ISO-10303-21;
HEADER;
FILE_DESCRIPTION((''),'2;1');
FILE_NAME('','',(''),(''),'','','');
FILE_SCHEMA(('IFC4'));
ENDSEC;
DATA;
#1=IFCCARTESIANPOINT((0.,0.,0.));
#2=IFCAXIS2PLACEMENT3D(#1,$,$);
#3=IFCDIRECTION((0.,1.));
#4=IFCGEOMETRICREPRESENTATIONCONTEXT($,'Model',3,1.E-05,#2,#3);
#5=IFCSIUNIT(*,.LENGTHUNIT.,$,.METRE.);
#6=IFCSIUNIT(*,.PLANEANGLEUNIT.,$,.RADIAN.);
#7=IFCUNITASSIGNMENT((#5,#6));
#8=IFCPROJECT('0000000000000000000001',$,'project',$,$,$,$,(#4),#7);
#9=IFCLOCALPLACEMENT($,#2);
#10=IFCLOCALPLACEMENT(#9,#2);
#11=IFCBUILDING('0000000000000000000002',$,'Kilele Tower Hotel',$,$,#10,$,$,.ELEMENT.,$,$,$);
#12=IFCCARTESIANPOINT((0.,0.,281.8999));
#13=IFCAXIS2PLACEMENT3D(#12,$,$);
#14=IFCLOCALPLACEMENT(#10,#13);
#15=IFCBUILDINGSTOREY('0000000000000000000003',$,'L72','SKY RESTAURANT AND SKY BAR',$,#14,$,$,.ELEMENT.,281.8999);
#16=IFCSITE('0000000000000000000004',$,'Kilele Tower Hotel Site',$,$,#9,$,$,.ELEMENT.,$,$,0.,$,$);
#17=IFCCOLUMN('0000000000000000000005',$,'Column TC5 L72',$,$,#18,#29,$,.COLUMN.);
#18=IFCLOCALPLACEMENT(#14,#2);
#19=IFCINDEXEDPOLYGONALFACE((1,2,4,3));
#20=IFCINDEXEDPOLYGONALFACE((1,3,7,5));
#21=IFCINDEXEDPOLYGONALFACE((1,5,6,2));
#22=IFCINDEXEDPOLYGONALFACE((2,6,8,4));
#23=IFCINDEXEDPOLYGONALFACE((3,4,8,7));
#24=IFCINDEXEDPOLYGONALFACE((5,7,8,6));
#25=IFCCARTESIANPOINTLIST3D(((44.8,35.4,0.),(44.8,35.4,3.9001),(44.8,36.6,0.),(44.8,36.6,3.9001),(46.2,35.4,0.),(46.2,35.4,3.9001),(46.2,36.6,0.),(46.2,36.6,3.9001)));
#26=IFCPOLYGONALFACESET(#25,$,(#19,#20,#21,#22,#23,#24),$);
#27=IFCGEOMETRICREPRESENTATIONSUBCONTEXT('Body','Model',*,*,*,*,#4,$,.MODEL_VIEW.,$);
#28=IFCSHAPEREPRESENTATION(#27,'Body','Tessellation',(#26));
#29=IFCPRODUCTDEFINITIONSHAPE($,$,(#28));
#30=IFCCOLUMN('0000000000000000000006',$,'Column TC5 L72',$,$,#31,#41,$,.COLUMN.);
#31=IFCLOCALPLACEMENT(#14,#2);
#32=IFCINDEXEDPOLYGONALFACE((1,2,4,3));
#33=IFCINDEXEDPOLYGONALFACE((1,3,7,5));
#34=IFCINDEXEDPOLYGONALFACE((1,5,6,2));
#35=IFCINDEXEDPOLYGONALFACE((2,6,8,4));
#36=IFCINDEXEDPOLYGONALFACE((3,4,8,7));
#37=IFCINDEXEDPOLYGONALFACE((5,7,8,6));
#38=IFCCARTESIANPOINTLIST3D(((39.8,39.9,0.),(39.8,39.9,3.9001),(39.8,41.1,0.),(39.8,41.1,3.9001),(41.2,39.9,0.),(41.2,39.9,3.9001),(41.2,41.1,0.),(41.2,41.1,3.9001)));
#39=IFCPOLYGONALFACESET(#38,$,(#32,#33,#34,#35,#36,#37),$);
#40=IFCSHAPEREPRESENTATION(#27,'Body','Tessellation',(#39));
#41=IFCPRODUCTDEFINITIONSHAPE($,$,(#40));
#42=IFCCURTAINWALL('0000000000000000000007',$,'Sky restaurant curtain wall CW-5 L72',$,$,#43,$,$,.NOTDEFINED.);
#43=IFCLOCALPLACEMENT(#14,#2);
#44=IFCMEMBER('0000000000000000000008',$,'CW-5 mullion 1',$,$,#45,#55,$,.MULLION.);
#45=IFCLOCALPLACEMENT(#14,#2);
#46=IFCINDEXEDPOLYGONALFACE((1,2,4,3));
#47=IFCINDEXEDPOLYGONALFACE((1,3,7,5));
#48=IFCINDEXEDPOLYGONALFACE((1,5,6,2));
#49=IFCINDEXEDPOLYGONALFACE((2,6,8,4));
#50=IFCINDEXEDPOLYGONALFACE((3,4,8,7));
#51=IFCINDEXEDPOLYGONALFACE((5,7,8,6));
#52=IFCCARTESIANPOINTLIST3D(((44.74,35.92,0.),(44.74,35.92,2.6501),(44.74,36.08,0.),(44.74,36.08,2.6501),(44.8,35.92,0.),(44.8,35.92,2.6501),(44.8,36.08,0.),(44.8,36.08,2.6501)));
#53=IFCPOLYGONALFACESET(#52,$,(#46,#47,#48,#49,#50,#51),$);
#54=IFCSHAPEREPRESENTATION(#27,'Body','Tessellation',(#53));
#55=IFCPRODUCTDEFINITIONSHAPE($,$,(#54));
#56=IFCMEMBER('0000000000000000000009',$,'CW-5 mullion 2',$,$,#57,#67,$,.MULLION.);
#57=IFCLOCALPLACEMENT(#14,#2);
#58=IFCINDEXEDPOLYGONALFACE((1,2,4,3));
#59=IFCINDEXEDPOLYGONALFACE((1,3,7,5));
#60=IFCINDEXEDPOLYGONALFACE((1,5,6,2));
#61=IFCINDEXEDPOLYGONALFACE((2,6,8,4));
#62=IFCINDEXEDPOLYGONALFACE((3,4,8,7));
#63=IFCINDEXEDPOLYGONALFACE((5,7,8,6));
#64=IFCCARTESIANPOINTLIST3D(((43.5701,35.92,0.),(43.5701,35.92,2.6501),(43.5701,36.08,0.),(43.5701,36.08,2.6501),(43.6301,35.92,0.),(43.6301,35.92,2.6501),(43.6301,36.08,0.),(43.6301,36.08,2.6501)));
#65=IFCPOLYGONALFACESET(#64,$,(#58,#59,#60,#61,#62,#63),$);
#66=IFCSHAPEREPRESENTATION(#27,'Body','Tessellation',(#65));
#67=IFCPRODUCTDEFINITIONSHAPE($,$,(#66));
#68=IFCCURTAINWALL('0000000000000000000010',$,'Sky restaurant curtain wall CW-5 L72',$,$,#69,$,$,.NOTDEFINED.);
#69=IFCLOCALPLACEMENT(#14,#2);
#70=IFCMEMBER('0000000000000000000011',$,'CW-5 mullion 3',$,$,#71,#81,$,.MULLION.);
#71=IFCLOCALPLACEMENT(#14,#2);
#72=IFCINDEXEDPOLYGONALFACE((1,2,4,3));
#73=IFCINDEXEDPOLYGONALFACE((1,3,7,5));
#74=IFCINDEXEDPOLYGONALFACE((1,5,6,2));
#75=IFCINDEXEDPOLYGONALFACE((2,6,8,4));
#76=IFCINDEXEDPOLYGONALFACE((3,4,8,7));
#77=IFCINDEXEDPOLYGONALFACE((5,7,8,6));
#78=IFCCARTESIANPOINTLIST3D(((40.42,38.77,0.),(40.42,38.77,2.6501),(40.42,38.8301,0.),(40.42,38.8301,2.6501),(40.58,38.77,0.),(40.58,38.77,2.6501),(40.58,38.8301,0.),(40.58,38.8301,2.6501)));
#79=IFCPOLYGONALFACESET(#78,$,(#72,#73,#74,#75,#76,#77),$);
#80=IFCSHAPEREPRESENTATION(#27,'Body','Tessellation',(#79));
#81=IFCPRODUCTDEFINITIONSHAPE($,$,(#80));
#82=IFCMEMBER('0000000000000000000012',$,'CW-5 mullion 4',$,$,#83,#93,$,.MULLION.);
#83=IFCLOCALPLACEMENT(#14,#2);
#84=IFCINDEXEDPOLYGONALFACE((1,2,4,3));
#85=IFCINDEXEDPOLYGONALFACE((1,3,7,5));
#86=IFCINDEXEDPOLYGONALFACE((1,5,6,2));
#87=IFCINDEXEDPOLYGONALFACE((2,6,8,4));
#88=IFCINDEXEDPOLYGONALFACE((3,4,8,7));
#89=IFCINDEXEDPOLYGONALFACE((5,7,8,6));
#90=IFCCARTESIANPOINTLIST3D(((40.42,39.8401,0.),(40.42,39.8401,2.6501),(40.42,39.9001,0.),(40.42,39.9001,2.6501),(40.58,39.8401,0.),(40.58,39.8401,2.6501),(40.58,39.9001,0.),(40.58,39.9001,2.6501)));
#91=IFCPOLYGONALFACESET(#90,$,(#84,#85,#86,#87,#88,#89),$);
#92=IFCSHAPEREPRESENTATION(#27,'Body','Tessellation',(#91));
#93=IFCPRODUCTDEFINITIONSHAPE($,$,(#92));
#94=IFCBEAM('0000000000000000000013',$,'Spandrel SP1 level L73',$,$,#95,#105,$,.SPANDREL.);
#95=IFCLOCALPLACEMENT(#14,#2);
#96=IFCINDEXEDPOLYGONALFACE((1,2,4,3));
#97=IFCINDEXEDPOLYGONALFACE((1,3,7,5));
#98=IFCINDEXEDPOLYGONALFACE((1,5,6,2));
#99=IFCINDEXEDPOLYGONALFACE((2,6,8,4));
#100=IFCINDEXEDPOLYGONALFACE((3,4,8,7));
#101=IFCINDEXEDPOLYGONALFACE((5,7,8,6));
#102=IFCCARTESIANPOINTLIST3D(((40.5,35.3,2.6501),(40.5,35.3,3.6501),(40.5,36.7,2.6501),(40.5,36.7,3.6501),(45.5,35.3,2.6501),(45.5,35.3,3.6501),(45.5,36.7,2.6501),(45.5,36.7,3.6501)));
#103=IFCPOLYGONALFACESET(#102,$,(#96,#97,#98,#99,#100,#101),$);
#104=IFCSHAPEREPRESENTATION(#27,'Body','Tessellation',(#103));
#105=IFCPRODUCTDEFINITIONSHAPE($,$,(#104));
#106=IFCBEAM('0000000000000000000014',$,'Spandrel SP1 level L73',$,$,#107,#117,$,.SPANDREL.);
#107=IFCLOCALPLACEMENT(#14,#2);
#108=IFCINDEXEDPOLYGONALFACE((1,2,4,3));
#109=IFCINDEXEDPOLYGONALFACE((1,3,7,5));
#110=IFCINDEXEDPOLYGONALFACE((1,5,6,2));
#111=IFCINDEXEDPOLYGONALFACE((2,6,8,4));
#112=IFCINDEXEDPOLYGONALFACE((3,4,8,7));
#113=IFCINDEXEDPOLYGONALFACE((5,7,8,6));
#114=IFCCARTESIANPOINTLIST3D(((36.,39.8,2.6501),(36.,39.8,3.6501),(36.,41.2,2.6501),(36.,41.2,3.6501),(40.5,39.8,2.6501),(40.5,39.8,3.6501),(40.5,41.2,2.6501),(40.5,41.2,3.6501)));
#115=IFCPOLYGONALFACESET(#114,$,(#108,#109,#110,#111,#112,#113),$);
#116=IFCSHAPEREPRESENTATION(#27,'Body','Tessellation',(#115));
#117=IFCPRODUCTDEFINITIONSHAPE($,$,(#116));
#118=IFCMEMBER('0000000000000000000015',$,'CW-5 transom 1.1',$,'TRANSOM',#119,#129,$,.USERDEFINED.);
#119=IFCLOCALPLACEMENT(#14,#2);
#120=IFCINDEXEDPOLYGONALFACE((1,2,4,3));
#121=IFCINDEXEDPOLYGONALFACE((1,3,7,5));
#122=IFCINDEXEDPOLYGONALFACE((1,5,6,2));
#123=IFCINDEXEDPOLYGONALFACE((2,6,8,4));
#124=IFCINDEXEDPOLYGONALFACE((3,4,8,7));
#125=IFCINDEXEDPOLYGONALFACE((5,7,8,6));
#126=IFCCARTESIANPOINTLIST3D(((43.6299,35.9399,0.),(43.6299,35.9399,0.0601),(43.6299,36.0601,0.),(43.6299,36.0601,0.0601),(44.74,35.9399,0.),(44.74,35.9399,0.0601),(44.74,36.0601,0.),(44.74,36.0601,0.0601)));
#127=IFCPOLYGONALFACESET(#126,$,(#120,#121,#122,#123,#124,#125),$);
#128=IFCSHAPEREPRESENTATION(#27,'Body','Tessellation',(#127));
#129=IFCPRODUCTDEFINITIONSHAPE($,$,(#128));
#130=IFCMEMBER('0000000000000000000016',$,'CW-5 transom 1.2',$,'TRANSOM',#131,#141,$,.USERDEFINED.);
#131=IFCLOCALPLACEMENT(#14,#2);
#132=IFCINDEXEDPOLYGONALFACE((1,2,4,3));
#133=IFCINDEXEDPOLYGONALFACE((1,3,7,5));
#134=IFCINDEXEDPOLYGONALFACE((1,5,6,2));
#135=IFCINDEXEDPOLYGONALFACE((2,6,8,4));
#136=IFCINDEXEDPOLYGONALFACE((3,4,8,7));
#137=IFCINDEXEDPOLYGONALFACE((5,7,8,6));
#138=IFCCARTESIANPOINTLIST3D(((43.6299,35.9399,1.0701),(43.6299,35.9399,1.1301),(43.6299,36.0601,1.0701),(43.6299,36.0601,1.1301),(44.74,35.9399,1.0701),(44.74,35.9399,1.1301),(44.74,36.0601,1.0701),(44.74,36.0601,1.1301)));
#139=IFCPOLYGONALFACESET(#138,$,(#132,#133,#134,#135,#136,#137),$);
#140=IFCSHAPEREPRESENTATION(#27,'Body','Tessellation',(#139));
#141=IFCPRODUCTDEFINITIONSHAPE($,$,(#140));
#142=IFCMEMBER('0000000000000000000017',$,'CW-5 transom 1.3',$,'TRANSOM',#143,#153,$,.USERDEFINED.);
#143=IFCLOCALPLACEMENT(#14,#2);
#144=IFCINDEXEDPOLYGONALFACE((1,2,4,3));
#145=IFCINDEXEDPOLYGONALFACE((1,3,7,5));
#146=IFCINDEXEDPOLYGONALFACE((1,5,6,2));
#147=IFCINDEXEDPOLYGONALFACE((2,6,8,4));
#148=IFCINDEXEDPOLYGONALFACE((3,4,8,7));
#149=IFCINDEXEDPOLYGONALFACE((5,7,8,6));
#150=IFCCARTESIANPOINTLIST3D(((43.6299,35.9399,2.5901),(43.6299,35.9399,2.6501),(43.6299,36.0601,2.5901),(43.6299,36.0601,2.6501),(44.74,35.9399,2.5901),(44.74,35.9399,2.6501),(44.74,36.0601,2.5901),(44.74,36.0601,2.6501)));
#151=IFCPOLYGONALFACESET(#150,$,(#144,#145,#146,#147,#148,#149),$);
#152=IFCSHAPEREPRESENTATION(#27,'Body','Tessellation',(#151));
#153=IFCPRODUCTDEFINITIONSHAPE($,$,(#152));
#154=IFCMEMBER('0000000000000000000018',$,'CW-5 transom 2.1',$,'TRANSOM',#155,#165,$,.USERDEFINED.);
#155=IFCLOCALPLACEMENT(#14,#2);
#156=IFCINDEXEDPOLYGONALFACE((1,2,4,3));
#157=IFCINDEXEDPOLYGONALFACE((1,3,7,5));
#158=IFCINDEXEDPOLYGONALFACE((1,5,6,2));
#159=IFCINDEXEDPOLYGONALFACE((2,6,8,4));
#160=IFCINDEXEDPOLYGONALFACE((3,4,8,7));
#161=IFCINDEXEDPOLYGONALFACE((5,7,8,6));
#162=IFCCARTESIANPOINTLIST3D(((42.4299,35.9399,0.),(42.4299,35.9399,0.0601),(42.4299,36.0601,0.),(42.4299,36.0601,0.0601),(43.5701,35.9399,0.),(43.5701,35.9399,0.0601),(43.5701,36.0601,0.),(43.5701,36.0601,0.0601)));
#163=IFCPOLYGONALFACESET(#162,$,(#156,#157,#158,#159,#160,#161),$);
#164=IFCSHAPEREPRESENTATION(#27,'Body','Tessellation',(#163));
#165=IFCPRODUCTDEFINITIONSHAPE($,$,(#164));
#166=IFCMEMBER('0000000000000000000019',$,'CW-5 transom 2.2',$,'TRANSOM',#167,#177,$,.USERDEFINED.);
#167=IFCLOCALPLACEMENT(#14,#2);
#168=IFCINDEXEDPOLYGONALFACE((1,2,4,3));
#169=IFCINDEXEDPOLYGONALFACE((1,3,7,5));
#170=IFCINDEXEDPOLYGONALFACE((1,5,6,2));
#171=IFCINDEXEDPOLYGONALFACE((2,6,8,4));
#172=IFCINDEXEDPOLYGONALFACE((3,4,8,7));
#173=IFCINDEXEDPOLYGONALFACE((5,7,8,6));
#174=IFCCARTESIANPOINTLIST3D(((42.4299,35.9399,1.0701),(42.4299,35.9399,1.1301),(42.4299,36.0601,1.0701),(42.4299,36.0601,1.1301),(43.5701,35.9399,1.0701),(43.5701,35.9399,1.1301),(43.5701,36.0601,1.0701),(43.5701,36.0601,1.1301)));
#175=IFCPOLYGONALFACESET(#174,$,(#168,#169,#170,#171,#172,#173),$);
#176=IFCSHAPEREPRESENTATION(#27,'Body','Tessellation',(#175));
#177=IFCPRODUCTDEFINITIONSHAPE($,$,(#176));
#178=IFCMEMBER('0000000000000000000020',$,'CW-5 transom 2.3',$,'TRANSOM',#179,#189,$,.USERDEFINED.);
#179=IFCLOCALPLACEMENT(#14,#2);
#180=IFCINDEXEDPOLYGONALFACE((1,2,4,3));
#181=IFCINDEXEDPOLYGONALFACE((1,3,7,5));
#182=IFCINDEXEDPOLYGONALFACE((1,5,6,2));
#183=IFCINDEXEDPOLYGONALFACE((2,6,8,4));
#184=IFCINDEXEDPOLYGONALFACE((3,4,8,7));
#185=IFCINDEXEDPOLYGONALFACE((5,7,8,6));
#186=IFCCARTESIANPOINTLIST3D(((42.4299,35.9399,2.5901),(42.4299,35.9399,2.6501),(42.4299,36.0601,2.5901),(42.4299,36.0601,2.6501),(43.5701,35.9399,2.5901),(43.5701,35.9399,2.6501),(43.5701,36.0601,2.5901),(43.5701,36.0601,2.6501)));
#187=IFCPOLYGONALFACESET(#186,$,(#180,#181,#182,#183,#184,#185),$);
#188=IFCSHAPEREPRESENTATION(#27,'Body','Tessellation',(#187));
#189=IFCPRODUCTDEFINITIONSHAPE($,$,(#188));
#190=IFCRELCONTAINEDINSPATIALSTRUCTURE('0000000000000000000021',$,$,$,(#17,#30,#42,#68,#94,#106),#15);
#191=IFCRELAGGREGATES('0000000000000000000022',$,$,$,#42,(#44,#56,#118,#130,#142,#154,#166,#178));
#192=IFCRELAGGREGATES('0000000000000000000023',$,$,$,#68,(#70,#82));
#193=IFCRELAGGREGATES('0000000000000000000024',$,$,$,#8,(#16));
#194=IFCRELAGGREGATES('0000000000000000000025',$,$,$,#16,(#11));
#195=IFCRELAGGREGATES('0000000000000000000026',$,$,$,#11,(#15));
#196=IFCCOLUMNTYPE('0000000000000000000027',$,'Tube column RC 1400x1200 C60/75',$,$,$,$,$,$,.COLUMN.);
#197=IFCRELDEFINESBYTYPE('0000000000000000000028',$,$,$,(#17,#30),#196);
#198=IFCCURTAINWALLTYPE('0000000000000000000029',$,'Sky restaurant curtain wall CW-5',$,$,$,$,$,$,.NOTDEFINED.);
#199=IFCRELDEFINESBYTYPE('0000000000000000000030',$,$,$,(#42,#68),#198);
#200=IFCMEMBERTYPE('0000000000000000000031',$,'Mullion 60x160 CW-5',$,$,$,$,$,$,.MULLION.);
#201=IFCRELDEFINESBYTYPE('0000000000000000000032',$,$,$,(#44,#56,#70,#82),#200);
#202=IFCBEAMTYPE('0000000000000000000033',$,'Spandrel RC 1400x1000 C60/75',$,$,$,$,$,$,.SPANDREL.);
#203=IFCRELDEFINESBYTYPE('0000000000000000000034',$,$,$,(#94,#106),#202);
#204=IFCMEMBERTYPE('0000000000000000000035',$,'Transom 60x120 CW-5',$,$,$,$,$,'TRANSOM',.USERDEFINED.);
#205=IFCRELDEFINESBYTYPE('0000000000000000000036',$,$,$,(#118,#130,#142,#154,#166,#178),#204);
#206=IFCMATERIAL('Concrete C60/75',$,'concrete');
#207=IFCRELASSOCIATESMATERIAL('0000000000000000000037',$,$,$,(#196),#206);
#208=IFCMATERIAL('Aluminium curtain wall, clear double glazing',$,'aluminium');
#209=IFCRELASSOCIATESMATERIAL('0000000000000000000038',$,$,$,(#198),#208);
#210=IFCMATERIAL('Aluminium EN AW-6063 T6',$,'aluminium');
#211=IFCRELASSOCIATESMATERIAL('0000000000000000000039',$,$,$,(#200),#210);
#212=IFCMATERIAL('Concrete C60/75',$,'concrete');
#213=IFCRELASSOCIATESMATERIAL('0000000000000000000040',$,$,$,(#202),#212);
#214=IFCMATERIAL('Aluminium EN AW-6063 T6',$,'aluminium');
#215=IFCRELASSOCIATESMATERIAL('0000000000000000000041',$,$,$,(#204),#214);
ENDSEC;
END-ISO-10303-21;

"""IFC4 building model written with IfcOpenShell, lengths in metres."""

from ifc_helpers import new_model, si_unit, direction, frame, origin, origin_2d, place, context, subcontext, project, spatial, rectangle, extrude, material, material_profile, profile_set, type_object, element, aggregate, save


model = new_model("IFC4")

# Units and contexts
model_context = context("Model", 3, precision=1e-05, world=origin(), true_north=direction((0.0, 1.0)))
body_context = subcontext(model_context, "Body", "Model", "MODEL_VIEW")
ifc_project = project(units=[si_unit("LENGTHUNIT", "METRE"), si_unit("PLANEANGLEUNIT", "RADIAN")], contexts=[model_context])

# Site, building, storey
site_placement = place(None, origin())
site = spatial("IfcSite", under=ifc_project, at=site_placement, Name="Kilele Tower Hotel Site", CompositionType="ELEMENT", RefElevation=0.0)
building_placement = place(site_placement, origin())
building = spatial("IfcBuilding", under=site, at=building_placement, Name="Kilele Tower Hotel", CompositionType="ELEMENT")
storey_placement = place(building_placement, frame((0.0, 0.0, 281.8999)))
storey = spatial("IfcBuildingStorey", under=building, at=storey_placement, Name="L72", Description="SKY RESTAURANT AND SKY BAR", CompositionType="ELEMENT", Elevation=281.8999)

# Columns
ifc_material_1 = material(Name="Concrete C60/75", Category="concrete")
ifc_material_profile_1 = material_profile(ifc_material_1, rectangle(XDim=1.3999, YDim=1.2, at=origin_2d()))
ifc_profile_set_1 = profile_set([ifc_material_profile_1], Name="Concrete C60/75")
column_type = type_object("IfcColumnType", Name="Tube column RC 1400x1200 C60/75", PredefinedType="COLUMN", material=ifc_profile_set_1)
for number, where, z_axis, x_axis, name in (
    (1, (45.5, 36.0, 0.0), (0.0, 0.0, 1.0), (1.0, 0.0, 0.0), "Column TC5 L72"),
    (2, (40.5, 40.5, 0.0), (0.0, 0.0, 1.0), (1.0, 0.0, 0.0), "Column TC5 L72"),
):
    element("IfcColumn", number, at=place(storey_placement, frame(where, z_axis=z_axis, x_axis=x_axis)), inside=storey, type_object=column_type, Name=name, PredefinedType="COLUMN", context=body_context, shape_type="SweptSolid", body=[
        extrude(rectangle(XDim=1.3999, YDim=1.2, at=origin_2d()), origin(), (0.0, 0.0, 1.0), 3.9001),
    ])

# Curtain walls, members
ifc_material_2 = material(Name="Aluminium curtain wall, clear double glazing", Category="aluminium")
curtain_wall_type = type_object("IfcCurtainWallType", Name="Sky restaurant curtain wall CW-5", PredefinedType="NOTDEFINED", material=ifc_material_2)
curtain_wall_1_placement = place(storey_placement, origin())
curtain_wall_1 = element("IfcCurtainWall", 3, at=curtain_wall_1_placement, inside=storey, type_object=curtain_wall_type, Name="Sky restaurant curtain wall CW-5 L72", PredefinedType="NOTDEFINED")
ifc_material_3 = material(Name="Aluminium EN AW-6063 T6", Category="aluminium")
ifc_material_profile_2 = material_profile(ifc_material_3, rectangle(XDim=0.1599, YDim=0.0601, at=origin_2d()))
ifc_profile_set_2 = profile_set([ifc_material_profile_2], Name="Aluminium EN AW-6063 T6")
member_type_1 = type_object("IfcMemberType", Name="Mullion 60x160 CW-5", PredefinedType="MULLION", material=ifc_profile_set_2)
member_1_placement = place(storey_placement, frame((44.77, 36.0, 0.0), z_axis=(0.0, 0.0, 1.0), x_axis=(0.0, -1.0, 0.0)))
member_1 = element("IfcMember", 4, at=member_1_placement, type_object=member_type_1, Name="CW-5 mullion 1", PredefinedType="MULLION", context=body_context, shape_type="SweptSolid", body=[
    extrude(rectangle(XDim=0.1599, YDim=0.0601, at=origin_2d()), origin(), (0.0, 0.0, 1.0), 2.6501),
])
member_2_placement = place(storey_placement, frame((43.6001, 36.0, 0.0), z_axis=(0.0, 0.0, 1.0), x_axis=(0.0, -1.0, 0.0)))
member_2 = element("IfcMember", 5, at=member_2_placement, type_object=member_type_1, Name="CW-5 mullion 2", PredefinedType="MULLION", context=body_context, shape_type="SweptSolid", body=[
    extrude(rectangle(XDim=0.1599, YDim=0.0601, at=origin_2d()), origin(), (0.0, 0.0, 1.0), 2.6501),
])
curtain_wall_2_placement = place(storey_placement, origin())
curtain_wall_2 = element("IfcCurtainWall", 6, at=curtain_wall_2_placement, inside=storey, type_object=curtain_wall_type, Name="Sky restaurant curtain wall CW-5 L72", PredefinedType="NOTDEFINED")
member_3_placement = place(storey_placement, frame((40.5, 38.8, 0.0), z_axis=(0.0, 0.0, 1.0), x_axis=(-1.0, 0.0, 0.0)))
member_3 = element("IfcMember", 7, at=member_3_placement, type_object=member_type_1, Name="CW-5 mullion 3", PredefinedType="MULLION", context=body_context, shape_type="SweptSolid", body=[
    extrude(rectangle(XDim=0.1599, YDim=0.0601, at=origin_2d()), origin(), (0.0, 0.0, 1.0), 2.6501),
])
member_4_placement = place(storey_placement, frame((40.5, 39.8701, 0.0), z_axis=(0.0, 0.0, 1.0), x_axis=(-1.0, 0.0, 0.0)))
member_4 = element("IfcMember", 8, at=member_4_placement, type_object=member_type_1, Name="CW-5 mullion 4", PredefinedType="MULLION", context=body_context, shape_type="SweptSolid", body=[
    extrude(rectangle(XDim=0.1599, YDim=0.0601, at=origin_2d()), origin(), (0.0, 0.0, 1.0), 2.6501),
])

# Beams
ifc_material_4 = material(Name="Concrete C60/75", Category="concrete")
ifc_material_profile_3 = material_profile(ifc_material_4, rectangle(XDim=1.3999, YDim=1.0, at=origin_2d()))
ifc_profile_set_3 = profile_set([ifc_material_profile_3], Name="Concrete C60/75")
beam_type = type_object("IfcBeamType", Name="Spandrel RC 1400x1000 C60/75", PredefinedType="SPANDREL", material=ifc_profile_set_3)
beam_1_placement = place(storey_placement, frame((45.5, 36.0, 3.1501), z_axis=(-1.0, 0.0, 0.0), x_axis=(0.0, -1.0, 0.0)))
element("IfcBeam", 9, at=beam_1_placement, inside=storey, type_object=beam_type, Name="Spandrel SP1 level L73", PredefinedType="SPANDREL", context=body_context, shape_type="SweptSolid", body=[
    extrude(rectangle(XDim=1.3999, YDim=1.0, at=origin_2d()), origin(), (0.0, 0.0, 1.0), 5.0),
])
beam_2_placement = place(storey_placement, frame((40.5, 40.5, 3.1501), z_axis=(-1.0, 0.0, 0.0), x_axis=(0.0, -1.0, 0.0)))
element("IfcBeam", 10, at=beam_2_placement, inside=storey, type_object=beam_type, Name="Spandrel SP1 level L73", PredefinedType="SPANDREL", context=body_context, shape_type="SweptSolid", body=[
    extrude(rectangle(XDim=1.3999, YDim=1.0, at=origin_2d()), origin(), (0.0, 0.0, 1.0), 4.5),
])

# Members
ifc_material_5 = material(Name="Aluminium EN AW-6063 T6", Category="aluminium")
ifc_material_profile_4 = material_profile(ifc_material_5, rectangle(XDim=0.1201, YDim=0.0601, at=origin_2d()))
ifc_profile_set_4 = profile_set([ifc_material_profile_4], Name="Aluminium EN AW-6063 T6")
member_type_2 = type_object("IfcMemberType", Name="Transom 60x120 CW-5", ElementType="TRANSOM", PredefinedType="USERDEFINED", material=ifc_profile_set_4)
member_5_placement = place(storey_placement, frame((44.74, 36.0, 0.03), z_axis=(-1.0, 0.0, 0.0), x_axis=(0.0, -1.0, 0.0)))
member_5 = element("IfcMember", 11, at=member_5_placement, type_object=member_type_2, Name="CW-5 transom 1.1", ObjectType="TRANSOM", PredefinedType="USERDEFINED", context=body_context, shape_type="SweptSolid", body=[
    extrude(rectangle(XDim=0.1201, YDim=0.0601, at=origin_2d()), origin(), (0.0, 0.0, 1.0), 1.1101),
])
member_6_placement = place(storey_placement, frame((44.74, 36.0, 1.1001), z_axis=(-1.0, 0.0, 0.0), x_axis=(0.0, -1.0, 0.0)))
member_6 = element("IfcMember", 12, at=member_6_placement, type_object=member_type_2, Name="CW-5 transom 1.2", ObjectType="TRANSOM", PredefinedType="USERDEFINED", context=body_context, shape_type="SweptSolid", body=[
    extrude(rectangle(XDim=0.1201, YDim=0.0601, at=origin_2d()), origin(), (0.0, 0.0, 1.0), 1.1101),
])
member_7_placement = place(storey_placement, frame((44.74, 36.0, 2.6201), z_axis=(-1.0, 0.0, 0.0), x_axis=(0.0, -1.0, 0.0)))
member_7 = element("IfcMember", 13, at=member_7_placement, type_object=member_type_2, Name="CW-5 transom 1.3", ObjectType="TRANSOM", PredefinedType="USERDEFINED", context=body_context, shape_type="SweptSolid", body=[
    extrude(rectangle(XDim=0.1201, YDim=0.0601, at=origin_2d()), origin(), (0.0, 0.0, 1.0), 1.1101),
])
member_8_placement = place(storey_placement, frame((43.5701, 36.0, 0.03), z_axis=(-1.0, 0.0, 0.0), x_axis=(0.0, -1.0, 0.0)))
member_8 = element("IfcMember", 14, at=member_8_placement, type_object=member_type_2, Name="CW-5 transom 2.1", ObjectType="TRANSOM", PredefinedType="USERDEFINED", context=body_context, shape_type="SweptSolid", body=[
    extrude(rectangle(XDim=0.1201, YDim=0.0601, at=origin_2d()), origin(), (0.0, 0.0, 1.0), 1.1401),
])
member_9_placement = place(storey_placement, frame((43.5701, 36.0, 1.1001), z_axis=(-1.0, 0.0, 0.0), x_axis=(0.0, -1.0, 0.0)))
member_9 = element("IfcMember", 15, at=member_9_placement, type_object=member_type_2, Name="CW-5 transom 2.2", ObjectType="TRANSOM", PredefinedType="USERDEFINED", context=body_context, shape_type="SweptSolid", body=[
    extrude(rectangle(XDim=0.1201, YDim=0.0601, at=origin_2d()), origin(), (0.0, 0.0, 1.0), 1.1401),
])
member_10_placement = place(storey_placement, frame((43.5701, 36.0, 2.6201), z_axis=(-1.0, 0.0, 0.0), x_axis=(0.0, -1.0, 0.0)))
member_10 = element("IfcMember", 16, at=member_10_placement, type_object=member_type_2, Name="CW-5 transom 2.3", ObjectType="TRANSOM", PredefinedType="USERDEFINED", context=body_context, shape_type="SweptSolid", body=[
    extrude(rectangle(XDim=0.1201, YDim=0.0601, at=origin_2d()), origin(), (0.0, 0.0, 1.0), 1.1401),
])

aggregate(curtain_wall_1, [member_1, member_2, member_5, member_6, member_7, member_8, member_9, member_10])
aggregate(curtain_wall_2, [member_3, member_4])

save(model, "model.ifc")
